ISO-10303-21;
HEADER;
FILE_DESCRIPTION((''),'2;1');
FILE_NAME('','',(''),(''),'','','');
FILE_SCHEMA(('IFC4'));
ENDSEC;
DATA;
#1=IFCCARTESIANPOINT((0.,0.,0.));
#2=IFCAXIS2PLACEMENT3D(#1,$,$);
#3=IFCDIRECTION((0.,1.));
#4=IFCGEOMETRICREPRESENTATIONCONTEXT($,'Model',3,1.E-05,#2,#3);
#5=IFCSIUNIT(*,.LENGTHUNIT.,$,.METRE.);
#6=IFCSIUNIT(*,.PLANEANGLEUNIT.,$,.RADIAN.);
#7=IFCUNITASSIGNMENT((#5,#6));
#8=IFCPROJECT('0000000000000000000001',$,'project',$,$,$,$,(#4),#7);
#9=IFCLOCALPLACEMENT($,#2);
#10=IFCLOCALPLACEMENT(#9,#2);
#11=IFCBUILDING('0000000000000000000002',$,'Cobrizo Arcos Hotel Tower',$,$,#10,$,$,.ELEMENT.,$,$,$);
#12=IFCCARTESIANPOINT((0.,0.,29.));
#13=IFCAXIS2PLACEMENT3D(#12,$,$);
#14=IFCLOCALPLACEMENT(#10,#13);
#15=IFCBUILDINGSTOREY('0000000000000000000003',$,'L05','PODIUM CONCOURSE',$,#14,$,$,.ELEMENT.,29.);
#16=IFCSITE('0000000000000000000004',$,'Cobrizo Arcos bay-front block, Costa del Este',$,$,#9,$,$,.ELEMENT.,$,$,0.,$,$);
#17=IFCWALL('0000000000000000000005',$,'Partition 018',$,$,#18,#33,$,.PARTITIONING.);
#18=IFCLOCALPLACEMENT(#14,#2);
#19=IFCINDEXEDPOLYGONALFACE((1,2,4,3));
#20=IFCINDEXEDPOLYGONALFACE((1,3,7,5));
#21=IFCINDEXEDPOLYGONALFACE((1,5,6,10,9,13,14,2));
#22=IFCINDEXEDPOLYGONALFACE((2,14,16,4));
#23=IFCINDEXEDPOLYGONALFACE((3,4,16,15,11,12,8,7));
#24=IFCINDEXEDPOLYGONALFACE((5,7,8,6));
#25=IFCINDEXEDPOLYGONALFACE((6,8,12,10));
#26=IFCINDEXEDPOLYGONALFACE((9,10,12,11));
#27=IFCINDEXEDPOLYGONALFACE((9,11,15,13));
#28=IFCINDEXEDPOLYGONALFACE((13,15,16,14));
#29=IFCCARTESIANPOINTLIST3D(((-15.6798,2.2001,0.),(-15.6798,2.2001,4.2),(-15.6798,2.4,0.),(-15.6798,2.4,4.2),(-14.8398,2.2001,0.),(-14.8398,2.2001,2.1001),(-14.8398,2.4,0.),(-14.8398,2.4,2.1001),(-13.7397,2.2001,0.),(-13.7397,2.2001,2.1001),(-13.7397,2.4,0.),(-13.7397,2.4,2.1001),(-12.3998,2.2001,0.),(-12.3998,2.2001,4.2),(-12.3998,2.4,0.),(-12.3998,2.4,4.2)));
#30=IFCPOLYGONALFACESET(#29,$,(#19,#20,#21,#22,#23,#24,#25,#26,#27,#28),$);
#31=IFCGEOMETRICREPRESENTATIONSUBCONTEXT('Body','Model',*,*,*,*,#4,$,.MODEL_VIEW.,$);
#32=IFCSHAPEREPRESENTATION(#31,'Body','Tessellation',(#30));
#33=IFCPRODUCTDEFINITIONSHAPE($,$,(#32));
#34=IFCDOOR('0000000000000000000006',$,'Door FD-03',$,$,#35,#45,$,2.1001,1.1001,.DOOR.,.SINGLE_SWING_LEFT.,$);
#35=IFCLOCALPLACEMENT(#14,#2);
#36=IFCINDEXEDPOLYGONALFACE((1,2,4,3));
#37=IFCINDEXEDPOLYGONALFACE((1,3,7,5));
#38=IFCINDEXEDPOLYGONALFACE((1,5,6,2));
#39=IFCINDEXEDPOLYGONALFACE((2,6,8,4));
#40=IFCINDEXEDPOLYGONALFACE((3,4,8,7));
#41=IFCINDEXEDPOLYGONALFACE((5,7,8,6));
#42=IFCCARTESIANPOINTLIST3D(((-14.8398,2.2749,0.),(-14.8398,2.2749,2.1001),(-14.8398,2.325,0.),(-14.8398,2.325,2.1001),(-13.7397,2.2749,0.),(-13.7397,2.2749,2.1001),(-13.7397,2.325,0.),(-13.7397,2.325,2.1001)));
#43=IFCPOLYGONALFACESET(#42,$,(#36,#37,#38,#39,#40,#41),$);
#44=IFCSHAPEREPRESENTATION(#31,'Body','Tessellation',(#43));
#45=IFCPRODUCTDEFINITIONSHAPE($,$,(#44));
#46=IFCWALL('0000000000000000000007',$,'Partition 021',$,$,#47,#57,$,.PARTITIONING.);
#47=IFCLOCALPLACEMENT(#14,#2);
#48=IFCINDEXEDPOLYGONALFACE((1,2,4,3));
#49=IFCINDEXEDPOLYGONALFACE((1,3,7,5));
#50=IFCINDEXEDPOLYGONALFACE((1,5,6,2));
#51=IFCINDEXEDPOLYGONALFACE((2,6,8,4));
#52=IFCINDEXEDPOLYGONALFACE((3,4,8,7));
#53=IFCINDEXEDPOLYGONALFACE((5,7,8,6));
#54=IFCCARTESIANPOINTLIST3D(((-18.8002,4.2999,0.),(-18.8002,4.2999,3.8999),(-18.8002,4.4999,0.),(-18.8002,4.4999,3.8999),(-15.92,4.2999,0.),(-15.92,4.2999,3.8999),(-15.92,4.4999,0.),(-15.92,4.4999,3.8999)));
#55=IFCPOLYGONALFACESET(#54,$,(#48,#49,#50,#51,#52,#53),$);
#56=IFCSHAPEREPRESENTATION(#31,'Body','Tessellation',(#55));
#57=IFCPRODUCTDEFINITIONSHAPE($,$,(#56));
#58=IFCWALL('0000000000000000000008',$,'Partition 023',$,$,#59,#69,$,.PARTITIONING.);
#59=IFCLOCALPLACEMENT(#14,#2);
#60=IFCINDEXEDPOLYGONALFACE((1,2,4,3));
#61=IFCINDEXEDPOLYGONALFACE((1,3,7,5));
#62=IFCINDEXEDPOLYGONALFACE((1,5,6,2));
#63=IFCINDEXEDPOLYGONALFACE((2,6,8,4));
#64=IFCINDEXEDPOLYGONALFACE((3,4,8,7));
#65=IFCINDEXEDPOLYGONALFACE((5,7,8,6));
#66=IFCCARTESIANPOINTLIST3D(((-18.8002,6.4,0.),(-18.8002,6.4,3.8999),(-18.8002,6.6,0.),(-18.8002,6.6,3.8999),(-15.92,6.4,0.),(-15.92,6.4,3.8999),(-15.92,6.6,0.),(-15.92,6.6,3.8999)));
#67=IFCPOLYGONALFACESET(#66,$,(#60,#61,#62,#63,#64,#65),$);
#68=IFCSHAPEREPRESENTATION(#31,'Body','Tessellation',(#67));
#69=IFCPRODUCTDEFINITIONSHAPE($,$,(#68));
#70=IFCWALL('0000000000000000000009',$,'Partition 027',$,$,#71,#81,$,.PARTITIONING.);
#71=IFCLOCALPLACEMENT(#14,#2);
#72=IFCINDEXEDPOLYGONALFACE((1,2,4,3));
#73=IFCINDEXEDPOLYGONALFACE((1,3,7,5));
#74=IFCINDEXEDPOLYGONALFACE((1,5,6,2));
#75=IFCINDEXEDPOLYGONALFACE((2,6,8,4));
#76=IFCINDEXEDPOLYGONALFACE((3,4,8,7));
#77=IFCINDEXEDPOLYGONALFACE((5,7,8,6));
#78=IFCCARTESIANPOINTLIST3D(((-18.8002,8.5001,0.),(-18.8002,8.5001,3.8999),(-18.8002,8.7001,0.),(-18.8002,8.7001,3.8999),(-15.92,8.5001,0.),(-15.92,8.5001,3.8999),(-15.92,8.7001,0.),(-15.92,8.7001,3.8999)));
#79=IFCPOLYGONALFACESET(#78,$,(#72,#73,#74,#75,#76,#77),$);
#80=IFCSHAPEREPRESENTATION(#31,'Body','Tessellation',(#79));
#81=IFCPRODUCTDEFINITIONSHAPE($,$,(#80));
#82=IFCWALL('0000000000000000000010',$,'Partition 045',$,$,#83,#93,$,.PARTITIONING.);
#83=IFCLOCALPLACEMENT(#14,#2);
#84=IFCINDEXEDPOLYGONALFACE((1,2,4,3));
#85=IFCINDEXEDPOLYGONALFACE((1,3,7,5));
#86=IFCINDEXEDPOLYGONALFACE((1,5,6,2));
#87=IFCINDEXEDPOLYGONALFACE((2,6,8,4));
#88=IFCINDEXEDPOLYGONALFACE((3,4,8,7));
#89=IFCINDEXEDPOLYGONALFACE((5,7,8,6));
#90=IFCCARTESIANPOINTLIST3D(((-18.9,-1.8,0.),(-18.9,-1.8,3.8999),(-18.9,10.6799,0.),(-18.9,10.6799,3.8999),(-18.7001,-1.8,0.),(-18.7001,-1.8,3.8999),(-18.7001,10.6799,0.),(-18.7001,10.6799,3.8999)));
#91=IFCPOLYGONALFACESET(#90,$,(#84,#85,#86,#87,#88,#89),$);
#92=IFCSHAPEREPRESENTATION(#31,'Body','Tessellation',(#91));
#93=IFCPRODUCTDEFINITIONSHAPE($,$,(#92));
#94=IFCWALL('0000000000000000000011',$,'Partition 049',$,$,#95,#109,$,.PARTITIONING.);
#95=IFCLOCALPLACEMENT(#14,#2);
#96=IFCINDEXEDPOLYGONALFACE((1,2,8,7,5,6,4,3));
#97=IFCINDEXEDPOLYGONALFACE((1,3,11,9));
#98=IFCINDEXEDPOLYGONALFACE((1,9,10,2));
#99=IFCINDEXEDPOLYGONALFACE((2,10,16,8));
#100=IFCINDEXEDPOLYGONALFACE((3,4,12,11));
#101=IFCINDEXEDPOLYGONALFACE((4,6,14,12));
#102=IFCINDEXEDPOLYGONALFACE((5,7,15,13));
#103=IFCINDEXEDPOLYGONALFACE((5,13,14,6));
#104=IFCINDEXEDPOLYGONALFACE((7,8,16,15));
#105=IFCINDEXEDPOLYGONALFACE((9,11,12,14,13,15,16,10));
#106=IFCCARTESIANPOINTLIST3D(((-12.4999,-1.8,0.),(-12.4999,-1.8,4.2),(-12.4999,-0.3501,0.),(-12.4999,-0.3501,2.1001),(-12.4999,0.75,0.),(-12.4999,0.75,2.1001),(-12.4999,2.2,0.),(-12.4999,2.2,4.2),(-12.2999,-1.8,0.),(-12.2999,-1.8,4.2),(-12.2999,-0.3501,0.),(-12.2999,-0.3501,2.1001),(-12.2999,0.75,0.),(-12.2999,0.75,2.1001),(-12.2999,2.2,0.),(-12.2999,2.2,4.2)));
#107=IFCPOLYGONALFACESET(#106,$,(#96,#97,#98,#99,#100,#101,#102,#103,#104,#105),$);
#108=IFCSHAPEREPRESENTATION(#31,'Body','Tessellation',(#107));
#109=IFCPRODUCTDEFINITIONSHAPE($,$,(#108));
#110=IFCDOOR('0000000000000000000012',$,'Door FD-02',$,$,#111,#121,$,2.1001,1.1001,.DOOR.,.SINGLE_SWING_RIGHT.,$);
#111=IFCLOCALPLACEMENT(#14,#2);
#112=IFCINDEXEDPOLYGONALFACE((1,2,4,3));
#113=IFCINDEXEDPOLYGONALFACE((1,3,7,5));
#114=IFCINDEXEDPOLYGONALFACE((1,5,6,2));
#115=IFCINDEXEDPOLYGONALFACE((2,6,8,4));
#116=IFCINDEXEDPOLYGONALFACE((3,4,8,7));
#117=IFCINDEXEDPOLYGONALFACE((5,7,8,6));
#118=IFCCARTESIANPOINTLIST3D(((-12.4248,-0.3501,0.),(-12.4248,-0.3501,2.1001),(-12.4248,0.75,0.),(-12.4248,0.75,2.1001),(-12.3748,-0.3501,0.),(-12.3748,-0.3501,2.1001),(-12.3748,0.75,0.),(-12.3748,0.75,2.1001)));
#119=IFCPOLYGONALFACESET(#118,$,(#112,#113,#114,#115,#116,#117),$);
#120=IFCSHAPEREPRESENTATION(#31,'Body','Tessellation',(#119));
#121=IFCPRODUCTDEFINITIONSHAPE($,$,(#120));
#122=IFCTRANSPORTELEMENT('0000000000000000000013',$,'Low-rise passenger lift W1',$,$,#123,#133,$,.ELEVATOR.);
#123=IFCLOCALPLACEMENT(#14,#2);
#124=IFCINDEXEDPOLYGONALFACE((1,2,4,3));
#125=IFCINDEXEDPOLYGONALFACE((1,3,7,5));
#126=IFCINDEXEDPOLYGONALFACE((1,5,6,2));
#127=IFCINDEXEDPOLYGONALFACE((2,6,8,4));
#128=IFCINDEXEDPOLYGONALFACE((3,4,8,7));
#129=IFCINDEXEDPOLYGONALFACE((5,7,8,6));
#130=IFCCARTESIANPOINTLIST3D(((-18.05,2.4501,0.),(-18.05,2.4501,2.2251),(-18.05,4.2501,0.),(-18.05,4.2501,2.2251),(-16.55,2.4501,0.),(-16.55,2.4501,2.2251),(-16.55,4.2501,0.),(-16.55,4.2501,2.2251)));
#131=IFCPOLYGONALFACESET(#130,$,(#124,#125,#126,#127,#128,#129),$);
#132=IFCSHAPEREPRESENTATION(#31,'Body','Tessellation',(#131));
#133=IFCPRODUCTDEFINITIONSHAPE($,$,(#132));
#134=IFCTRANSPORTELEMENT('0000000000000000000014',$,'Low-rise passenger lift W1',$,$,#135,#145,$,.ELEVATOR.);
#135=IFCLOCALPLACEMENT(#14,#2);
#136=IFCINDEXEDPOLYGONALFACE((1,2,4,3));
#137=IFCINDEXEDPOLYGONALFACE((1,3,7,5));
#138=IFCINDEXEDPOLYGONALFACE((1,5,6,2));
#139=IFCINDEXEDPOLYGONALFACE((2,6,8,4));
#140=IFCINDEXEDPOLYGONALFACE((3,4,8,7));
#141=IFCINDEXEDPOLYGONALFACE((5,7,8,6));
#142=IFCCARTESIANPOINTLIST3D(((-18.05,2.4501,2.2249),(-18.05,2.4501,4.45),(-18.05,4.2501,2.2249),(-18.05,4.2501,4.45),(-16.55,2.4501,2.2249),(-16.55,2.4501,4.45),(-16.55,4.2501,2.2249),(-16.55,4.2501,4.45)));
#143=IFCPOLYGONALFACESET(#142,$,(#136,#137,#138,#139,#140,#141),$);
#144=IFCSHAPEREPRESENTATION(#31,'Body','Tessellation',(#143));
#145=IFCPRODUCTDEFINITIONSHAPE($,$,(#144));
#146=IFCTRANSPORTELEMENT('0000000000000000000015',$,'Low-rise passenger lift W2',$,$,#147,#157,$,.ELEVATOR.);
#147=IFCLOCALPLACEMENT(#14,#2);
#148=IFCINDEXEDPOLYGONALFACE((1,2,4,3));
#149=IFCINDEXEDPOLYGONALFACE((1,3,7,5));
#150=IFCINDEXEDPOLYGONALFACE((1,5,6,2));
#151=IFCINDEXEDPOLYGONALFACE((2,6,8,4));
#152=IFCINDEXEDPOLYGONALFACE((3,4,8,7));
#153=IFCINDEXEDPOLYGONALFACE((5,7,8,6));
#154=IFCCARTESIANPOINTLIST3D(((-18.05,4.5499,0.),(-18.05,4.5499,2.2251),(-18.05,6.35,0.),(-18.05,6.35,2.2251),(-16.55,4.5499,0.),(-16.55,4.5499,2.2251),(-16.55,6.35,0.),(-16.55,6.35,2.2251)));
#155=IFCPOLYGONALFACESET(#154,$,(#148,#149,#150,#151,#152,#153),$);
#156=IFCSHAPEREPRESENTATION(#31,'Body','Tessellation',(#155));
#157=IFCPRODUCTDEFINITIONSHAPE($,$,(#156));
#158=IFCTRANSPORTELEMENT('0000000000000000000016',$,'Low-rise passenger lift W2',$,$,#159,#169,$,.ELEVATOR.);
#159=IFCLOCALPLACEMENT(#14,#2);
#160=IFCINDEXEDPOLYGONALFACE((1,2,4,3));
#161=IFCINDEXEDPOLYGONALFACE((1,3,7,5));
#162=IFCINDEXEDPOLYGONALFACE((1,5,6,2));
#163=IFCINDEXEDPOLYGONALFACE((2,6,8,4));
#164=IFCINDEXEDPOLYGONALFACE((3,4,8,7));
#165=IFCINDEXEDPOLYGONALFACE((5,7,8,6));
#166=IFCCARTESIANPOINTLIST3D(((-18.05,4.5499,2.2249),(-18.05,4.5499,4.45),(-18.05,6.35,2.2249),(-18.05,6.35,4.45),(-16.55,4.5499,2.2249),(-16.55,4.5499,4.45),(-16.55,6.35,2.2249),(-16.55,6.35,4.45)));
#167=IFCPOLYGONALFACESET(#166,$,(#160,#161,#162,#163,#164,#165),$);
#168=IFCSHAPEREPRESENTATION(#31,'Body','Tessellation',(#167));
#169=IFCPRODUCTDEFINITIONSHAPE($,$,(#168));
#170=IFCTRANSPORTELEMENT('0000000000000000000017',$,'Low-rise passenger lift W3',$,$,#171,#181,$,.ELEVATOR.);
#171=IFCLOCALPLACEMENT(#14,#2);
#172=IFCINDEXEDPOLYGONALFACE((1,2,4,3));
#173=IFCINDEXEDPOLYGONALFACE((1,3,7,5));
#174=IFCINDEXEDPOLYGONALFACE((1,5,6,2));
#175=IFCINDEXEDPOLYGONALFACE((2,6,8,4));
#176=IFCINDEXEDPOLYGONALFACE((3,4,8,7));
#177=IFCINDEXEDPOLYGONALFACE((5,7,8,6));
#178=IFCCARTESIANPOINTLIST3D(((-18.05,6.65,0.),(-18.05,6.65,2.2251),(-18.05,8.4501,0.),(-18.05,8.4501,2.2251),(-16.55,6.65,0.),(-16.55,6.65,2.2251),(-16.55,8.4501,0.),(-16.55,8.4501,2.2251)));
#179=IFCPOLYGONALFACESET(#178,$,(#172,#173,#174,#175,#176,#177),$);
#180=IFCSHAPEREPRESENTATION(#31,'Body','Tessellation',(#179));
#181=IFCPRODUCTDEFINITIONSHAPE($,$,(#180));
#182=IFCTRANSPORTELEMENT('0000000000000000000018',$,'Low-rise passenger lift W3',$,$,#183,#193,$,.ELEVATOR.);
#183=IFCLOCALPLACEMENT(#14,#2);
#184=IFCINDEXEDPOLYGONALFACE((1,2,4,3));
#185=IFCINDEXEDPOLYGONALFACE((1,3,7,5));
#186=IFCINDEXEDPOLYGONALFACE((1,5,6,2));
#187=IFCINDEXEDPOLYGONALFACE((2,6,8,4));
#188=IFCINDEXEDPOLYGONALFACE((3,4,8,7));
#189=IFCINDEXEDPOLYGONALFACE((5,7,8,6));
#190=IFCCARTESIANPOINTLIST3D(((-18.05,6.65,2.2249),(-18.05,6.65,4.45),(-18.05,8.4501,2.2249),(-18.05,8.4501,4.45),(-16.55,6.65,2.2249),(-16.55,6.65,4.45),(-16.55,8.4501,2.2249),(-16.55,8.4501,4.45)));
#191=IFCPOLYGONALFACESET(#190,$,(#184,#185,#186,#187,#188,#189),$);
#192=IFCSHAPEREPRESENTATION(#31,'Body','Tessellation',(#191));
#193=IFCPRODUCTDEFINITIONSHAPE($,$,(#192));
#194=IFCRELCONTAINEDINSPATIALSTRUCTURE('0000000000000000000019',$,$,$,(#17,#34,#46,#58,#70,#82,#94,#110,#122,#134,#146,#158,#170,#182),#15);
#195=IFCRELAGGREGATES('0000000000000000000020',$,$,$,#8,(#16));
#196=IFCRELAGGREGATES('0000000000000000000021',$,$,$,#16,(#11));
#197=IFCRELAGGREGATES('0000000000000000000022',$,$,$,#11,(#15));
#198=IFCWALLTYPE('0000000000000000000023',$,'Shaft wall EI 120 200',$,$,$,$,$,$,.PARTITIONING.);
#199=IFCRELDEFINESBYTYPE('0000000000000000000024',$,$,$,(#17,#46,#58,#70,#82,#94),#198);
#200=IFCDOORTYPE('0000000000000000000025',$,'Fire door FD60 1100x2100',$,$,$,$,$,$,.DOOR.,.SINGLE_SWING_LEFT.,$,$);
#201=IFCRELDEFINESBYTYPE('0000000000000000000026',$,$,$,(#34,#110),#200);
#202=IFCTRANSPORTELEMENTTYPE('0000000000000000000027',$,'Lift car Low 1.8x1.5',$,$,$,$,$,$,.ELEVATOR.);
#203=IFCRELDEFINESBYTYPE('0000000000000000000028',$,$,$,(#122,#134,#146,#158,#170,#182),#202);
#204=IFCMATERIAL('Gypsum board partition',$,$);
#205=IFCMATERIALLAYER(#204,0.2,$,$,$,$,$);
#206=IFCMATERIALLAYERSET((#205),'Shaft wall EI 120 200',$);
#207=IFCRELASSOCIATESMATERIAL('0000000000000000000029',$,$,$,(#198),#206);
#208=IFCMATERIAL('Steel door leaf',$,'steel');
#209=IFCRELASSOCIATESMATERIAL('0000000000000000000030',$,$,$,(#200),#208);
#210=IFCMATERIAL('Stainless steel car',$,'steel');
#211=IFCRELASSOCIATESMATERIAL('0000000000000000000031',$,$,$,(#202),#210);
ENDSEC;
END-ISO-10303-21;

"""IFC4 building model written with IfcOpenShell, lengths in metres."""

from ifc_helpers import new_model, si_unit, direction, frame, frame_2d, origin, origin_2d, place, context, subcontext, project, spatial, rectangle, extrude, material, layer, layer_set, type_object, element, fill, save


model = new_model("IFC4")

# Units and contexts
model_context = context("Model", 3, precision=1e-05, world=origin(), true_north=direction((0.0, 1.0)))
body_context = subcontext(model_context, "Body", "Model", "MODEL_VIEW")
ifc_project = project(units=[si_unit("LENGTHUNIT", "METRE"), si_unit("PLANEANGLEUNIT", "RADIAN")], contexts=[model_context])

# Site, building, storey
site_placement = place(None, origin())
site = spatial("IfcSite", under=ifc_project, at=site_placement, Name="Cobrizo Arcos bay-front block, Costa del Este", CompositionType="ELEMENT", RefElevation=0.0)
building_placement = place(site_placement, origin())
building = spatial("IfcBuilding", under=site, at=building_placement, Name="Cobrizo Arcos Hotel Tower", CompositionType="ELEMENT")
storey_placement = place(building_placement, frame((0.0, 0.0, 29.0)))
storey = spatial("IfcBuildingStorey", under=building, at=storey_placement, Name="L05", Description="PODIUM CONCOURSE", CompositionType="ELEMENT", Elevation=29.0)

# Shared definitions
ifc_material_1 = material(Name="Gypsum board partition")
ifc_layer_1 = layer(ifc_material_1, 0.2)
ifc_layer_set_1 = layer_set([ifc_layer_1], Name="Shaft wall EI 120 200")
wall_type_1 = type_object("IfcWallType", Name="Shaft wall EI 120 200", PredefinedType="PARTITIONING", material=ifc_layer_set_1)

# Wall, opening, door
wall_1_placement = place(storey_placement, frame((-15.6799, 2.3, 0.0), z_axis=(0.0, 0.0, 1.0), x_axis=(1.0, 0.0, 0.0)))
wall_1 = element("IfcWall", 1, at=wall_1_placement, inside=storey, type_object=wall_type_1, Name="Partition 018", PredefinedType="PARTITIONING", context=body_context, shape_type="SweptSolid", body=[
    extrude(rectangle(XDim=3.28, YDim=0.2, at=frame_2d((1.6401, 0.0))), origin(), (0.0, 0.0, 1.0), 4.2),
])
opening_1_placement = place(wall_1_placement, frame((0.8401, 0.0, 0.0)))
opening_1 = element("IfcOpeningElement", 2, at=opening_1_placement, cuts=wall_1, PredefinedType="OPENING", context=body_context, shape_type="SweptSolid", body=[
    extrude(rectangle(XDim=1.1001, YDim=2.1001, at=frame_2d((0.55, 1.05))), frame((0.0, 0.1121, 0.0), z_axis=(0.0, -1.0, 0.0), x_axis=(1.0, 0.0, 0.0)), (0.0, 0.0, 1.0), 0.2239),
])
ifc_material_2 = material(Name="Steel door leaf", Category="steel")
door_type = type_object("IfcDoorType", Name="Fire door FD60 1100x2100", OperationType="SINGLE_SWING_LEFT", PredefinedType="DOOR", material=ifc_material_2)
door_1_placement = place(opening_1_placement, origin())
door_1 = element("IfcDoor", 3, at=door_1_placement, inside=storey, type_object=door_type, Name="Door FD-03", OperationType="SINGLE_SWING_LEFT", OverallHeight=2.1001, OverallWidth=1.1001, PredefinedType="DOOR", context=body_context, shape_type="SweptSolid", body=[
    extrude(rectangle(XDim=1.1001, YDim=2.1001, at=frame_2d((0.55, 1.05))), frame((0.0, 0.0249, 0.0), z_axis=(0.0, -1.0, 0.0), x_axis=(1.0, 0.0, 0.0)), (0.0, 0.0, 1.0), 0.05),
])
fill(opening_1, door_1)

# Walls
for number, where, z_axis, x_axis, name in (
    (4, (-18.8, 4.3999, 0.0), (0.0, 0.0, 1.0), (1.0, 0.0, 0.0), "Partition 021"),
    (5, (-18.8, 6.5, 0.0), (0.0, 0.0, 1.0), (1.0, 0.0, 0.0), "Partition 023"),
    (6, (-18.8, 8.6001, 0.0), (0.0, 0.0, 1.0), (1.0, 0.0, 0.0), "Partition 027"),
):
    element("IfcWall", number, at=place(storey_placement, frame(where, z_axis=z_axis, x_axis=x_axis)), inside=storey, type_object=wall_type_1, Name=name, PredefinedType="PARTITIONING", context=body_context, shape_type="SweptSolid", body=[
        extrude(rectangle(XDim=2.8801, YDim=0.2, at=frame_2d((1.4399, 0.0))), origin(), (0.0, 0.0, 1.0), 3.8999),
    ])
wall_2_placement = place(storey_placement, frame((-18.8, -1.8, 0.0), z_axis=(0.0, 0.0, 1.0), x_axis=(0.0, 1.0, 0.0)))
element("IfcWall", 7, at=wall_2_placement, inside=storey, type_object=wall_type_1, Name="Partition 045", PredefinedType="PARTITIONING", context=body_context, shape_type="SweptSolid", body=[
    extrude(rectangle(XDim=12.48, YDim=0.2, at=frame_2d((6.24, 0.0))), origin(), (0.0, 0.0, 1.0), 3.8999),
])

# Wall, opening, door
wall_3_placement = place(storey_placement, frame((-12.3999, -1.8, 0.0), z_axis=(0.0, 0.0, 1.0), x_axis=(0.0, 1.0, 0.0)))
wall_3 = element("IfcWall", 8, at=wall_3_placement, inside=storey, type_object=wall_type_1, Name="Partition 049", PredefinedType="PARTITIONING", context=body_context, shape_type="SweptSolid", body=[
    extrude(rectangle(XDim=4.0, YDim=0.2, at=frame_2d((2.0, 0.0))), origin(), (0.0, 0.0, 1.0), 4.2),
])
opening_2_placement = place(wall_3_placement, frame((1.45, 0.0, 0.0)))
opening_2 = element("IfcOpeningElement", 9, at=opening_2_placement, cuts=wall_3, PredefinedType="OPENING", context=body_context, shape_type="SweptSolid", body=[
    extrude(rectangle(XDim=1.1001, YDim=2.1001, at=frame_2d((0.55, 1.05))), frame((0.0, 0.1121, 0.0), z_axis=(0.0, -1.0, 0.0), x_axis=(1.0, 0.0, 0.0)), (0.0, 0.0, 1.0), 0.2239),
])
door_2_placement = place(opening_2_placement, origin())
door_2 = element("IfcDoor", 10, at=door_2_placement, inside=storey, type_object=door_type, Name="Door FD-02", OperationType="SINGLE_SWING_RIGHT", OverallHeight=2.1001, OverallWidth=1.1001, PredefinedType="DOOR", context=body_context, shape_type="SweptSolid", body=[
    extrude(rectangle(XDim=1.1001, YDim=2.1001, at=frame_2d((0.55, 1.05))), frame((0.0, 0.0249, 0.0), z_axis=(0.0, -1.0, 0.0), x_axis=(1.0, 0.0, 0.0)), (0.0, 0.0, 1.0), 0.05),
])
fill(opening_2, door_2)

# Transport elements
ifc_material_3 = material(Name="Stainless steel car", Category="steel")
transport_element_type = type_object("IfcTransportElementType", Name="Lift car Low 1.8x1.5", PredefinedType="ELEVATOR", material=ifc_material_3)
for number, where, z_axis, x_axis, name in (
    (11, (-17.3, 3.3501, 0.0), (0.0, 0.0, 1.0), (1.0, 0.0, 0.0), "Low-rise passenger lift W1"),
    (12, (-17.3, 3.3501, 2.2249), (0.0, 0.0, 1.0), (1.0, 0.0, 0.0), "Low-rise passenger lift W1"),
    (13, (-17.3, 5.45, 0.0), (0.0, 0.0, 1.0), (1.0, 0.0, 0.0), "Low-rise passenger lift W2"),
    (14, (-17.3, 5.45, 2.2249), (0.0, 0.0, 1.0), (1.0, 0.0, 0.0), "Low-rise passenger lift W2"),
    (15, (-17.3, 7.55, 0.0), (0.0, 0.0, 1.0), (1.0, 0.0, 0.0), "Low-rise passenger lift W3"),
    (16, (-17.3, 7.55, 2.2249), (0.0, 0.0, 1.0), (1.0, 0.0, 0.0), "Low-rise passenger lift W3"),
):
    element("IfcTransportElement", number, at=place(storey_placement, frame(where, z_axis=z_axis, x_axis=x_axis)), inside=storey, type_object=transport_element_type, Name=name, PredefinedType="ELEVATOR", context=body_context, shape_type="SweptSolid", body=[
        extrude(rectangle(XDim=1.5, YDim=1.8, at=origin_2d()), origin(), (0.0, 0.0, 1.0), 2.2251),
    ])

save(model, "model.ifc")
